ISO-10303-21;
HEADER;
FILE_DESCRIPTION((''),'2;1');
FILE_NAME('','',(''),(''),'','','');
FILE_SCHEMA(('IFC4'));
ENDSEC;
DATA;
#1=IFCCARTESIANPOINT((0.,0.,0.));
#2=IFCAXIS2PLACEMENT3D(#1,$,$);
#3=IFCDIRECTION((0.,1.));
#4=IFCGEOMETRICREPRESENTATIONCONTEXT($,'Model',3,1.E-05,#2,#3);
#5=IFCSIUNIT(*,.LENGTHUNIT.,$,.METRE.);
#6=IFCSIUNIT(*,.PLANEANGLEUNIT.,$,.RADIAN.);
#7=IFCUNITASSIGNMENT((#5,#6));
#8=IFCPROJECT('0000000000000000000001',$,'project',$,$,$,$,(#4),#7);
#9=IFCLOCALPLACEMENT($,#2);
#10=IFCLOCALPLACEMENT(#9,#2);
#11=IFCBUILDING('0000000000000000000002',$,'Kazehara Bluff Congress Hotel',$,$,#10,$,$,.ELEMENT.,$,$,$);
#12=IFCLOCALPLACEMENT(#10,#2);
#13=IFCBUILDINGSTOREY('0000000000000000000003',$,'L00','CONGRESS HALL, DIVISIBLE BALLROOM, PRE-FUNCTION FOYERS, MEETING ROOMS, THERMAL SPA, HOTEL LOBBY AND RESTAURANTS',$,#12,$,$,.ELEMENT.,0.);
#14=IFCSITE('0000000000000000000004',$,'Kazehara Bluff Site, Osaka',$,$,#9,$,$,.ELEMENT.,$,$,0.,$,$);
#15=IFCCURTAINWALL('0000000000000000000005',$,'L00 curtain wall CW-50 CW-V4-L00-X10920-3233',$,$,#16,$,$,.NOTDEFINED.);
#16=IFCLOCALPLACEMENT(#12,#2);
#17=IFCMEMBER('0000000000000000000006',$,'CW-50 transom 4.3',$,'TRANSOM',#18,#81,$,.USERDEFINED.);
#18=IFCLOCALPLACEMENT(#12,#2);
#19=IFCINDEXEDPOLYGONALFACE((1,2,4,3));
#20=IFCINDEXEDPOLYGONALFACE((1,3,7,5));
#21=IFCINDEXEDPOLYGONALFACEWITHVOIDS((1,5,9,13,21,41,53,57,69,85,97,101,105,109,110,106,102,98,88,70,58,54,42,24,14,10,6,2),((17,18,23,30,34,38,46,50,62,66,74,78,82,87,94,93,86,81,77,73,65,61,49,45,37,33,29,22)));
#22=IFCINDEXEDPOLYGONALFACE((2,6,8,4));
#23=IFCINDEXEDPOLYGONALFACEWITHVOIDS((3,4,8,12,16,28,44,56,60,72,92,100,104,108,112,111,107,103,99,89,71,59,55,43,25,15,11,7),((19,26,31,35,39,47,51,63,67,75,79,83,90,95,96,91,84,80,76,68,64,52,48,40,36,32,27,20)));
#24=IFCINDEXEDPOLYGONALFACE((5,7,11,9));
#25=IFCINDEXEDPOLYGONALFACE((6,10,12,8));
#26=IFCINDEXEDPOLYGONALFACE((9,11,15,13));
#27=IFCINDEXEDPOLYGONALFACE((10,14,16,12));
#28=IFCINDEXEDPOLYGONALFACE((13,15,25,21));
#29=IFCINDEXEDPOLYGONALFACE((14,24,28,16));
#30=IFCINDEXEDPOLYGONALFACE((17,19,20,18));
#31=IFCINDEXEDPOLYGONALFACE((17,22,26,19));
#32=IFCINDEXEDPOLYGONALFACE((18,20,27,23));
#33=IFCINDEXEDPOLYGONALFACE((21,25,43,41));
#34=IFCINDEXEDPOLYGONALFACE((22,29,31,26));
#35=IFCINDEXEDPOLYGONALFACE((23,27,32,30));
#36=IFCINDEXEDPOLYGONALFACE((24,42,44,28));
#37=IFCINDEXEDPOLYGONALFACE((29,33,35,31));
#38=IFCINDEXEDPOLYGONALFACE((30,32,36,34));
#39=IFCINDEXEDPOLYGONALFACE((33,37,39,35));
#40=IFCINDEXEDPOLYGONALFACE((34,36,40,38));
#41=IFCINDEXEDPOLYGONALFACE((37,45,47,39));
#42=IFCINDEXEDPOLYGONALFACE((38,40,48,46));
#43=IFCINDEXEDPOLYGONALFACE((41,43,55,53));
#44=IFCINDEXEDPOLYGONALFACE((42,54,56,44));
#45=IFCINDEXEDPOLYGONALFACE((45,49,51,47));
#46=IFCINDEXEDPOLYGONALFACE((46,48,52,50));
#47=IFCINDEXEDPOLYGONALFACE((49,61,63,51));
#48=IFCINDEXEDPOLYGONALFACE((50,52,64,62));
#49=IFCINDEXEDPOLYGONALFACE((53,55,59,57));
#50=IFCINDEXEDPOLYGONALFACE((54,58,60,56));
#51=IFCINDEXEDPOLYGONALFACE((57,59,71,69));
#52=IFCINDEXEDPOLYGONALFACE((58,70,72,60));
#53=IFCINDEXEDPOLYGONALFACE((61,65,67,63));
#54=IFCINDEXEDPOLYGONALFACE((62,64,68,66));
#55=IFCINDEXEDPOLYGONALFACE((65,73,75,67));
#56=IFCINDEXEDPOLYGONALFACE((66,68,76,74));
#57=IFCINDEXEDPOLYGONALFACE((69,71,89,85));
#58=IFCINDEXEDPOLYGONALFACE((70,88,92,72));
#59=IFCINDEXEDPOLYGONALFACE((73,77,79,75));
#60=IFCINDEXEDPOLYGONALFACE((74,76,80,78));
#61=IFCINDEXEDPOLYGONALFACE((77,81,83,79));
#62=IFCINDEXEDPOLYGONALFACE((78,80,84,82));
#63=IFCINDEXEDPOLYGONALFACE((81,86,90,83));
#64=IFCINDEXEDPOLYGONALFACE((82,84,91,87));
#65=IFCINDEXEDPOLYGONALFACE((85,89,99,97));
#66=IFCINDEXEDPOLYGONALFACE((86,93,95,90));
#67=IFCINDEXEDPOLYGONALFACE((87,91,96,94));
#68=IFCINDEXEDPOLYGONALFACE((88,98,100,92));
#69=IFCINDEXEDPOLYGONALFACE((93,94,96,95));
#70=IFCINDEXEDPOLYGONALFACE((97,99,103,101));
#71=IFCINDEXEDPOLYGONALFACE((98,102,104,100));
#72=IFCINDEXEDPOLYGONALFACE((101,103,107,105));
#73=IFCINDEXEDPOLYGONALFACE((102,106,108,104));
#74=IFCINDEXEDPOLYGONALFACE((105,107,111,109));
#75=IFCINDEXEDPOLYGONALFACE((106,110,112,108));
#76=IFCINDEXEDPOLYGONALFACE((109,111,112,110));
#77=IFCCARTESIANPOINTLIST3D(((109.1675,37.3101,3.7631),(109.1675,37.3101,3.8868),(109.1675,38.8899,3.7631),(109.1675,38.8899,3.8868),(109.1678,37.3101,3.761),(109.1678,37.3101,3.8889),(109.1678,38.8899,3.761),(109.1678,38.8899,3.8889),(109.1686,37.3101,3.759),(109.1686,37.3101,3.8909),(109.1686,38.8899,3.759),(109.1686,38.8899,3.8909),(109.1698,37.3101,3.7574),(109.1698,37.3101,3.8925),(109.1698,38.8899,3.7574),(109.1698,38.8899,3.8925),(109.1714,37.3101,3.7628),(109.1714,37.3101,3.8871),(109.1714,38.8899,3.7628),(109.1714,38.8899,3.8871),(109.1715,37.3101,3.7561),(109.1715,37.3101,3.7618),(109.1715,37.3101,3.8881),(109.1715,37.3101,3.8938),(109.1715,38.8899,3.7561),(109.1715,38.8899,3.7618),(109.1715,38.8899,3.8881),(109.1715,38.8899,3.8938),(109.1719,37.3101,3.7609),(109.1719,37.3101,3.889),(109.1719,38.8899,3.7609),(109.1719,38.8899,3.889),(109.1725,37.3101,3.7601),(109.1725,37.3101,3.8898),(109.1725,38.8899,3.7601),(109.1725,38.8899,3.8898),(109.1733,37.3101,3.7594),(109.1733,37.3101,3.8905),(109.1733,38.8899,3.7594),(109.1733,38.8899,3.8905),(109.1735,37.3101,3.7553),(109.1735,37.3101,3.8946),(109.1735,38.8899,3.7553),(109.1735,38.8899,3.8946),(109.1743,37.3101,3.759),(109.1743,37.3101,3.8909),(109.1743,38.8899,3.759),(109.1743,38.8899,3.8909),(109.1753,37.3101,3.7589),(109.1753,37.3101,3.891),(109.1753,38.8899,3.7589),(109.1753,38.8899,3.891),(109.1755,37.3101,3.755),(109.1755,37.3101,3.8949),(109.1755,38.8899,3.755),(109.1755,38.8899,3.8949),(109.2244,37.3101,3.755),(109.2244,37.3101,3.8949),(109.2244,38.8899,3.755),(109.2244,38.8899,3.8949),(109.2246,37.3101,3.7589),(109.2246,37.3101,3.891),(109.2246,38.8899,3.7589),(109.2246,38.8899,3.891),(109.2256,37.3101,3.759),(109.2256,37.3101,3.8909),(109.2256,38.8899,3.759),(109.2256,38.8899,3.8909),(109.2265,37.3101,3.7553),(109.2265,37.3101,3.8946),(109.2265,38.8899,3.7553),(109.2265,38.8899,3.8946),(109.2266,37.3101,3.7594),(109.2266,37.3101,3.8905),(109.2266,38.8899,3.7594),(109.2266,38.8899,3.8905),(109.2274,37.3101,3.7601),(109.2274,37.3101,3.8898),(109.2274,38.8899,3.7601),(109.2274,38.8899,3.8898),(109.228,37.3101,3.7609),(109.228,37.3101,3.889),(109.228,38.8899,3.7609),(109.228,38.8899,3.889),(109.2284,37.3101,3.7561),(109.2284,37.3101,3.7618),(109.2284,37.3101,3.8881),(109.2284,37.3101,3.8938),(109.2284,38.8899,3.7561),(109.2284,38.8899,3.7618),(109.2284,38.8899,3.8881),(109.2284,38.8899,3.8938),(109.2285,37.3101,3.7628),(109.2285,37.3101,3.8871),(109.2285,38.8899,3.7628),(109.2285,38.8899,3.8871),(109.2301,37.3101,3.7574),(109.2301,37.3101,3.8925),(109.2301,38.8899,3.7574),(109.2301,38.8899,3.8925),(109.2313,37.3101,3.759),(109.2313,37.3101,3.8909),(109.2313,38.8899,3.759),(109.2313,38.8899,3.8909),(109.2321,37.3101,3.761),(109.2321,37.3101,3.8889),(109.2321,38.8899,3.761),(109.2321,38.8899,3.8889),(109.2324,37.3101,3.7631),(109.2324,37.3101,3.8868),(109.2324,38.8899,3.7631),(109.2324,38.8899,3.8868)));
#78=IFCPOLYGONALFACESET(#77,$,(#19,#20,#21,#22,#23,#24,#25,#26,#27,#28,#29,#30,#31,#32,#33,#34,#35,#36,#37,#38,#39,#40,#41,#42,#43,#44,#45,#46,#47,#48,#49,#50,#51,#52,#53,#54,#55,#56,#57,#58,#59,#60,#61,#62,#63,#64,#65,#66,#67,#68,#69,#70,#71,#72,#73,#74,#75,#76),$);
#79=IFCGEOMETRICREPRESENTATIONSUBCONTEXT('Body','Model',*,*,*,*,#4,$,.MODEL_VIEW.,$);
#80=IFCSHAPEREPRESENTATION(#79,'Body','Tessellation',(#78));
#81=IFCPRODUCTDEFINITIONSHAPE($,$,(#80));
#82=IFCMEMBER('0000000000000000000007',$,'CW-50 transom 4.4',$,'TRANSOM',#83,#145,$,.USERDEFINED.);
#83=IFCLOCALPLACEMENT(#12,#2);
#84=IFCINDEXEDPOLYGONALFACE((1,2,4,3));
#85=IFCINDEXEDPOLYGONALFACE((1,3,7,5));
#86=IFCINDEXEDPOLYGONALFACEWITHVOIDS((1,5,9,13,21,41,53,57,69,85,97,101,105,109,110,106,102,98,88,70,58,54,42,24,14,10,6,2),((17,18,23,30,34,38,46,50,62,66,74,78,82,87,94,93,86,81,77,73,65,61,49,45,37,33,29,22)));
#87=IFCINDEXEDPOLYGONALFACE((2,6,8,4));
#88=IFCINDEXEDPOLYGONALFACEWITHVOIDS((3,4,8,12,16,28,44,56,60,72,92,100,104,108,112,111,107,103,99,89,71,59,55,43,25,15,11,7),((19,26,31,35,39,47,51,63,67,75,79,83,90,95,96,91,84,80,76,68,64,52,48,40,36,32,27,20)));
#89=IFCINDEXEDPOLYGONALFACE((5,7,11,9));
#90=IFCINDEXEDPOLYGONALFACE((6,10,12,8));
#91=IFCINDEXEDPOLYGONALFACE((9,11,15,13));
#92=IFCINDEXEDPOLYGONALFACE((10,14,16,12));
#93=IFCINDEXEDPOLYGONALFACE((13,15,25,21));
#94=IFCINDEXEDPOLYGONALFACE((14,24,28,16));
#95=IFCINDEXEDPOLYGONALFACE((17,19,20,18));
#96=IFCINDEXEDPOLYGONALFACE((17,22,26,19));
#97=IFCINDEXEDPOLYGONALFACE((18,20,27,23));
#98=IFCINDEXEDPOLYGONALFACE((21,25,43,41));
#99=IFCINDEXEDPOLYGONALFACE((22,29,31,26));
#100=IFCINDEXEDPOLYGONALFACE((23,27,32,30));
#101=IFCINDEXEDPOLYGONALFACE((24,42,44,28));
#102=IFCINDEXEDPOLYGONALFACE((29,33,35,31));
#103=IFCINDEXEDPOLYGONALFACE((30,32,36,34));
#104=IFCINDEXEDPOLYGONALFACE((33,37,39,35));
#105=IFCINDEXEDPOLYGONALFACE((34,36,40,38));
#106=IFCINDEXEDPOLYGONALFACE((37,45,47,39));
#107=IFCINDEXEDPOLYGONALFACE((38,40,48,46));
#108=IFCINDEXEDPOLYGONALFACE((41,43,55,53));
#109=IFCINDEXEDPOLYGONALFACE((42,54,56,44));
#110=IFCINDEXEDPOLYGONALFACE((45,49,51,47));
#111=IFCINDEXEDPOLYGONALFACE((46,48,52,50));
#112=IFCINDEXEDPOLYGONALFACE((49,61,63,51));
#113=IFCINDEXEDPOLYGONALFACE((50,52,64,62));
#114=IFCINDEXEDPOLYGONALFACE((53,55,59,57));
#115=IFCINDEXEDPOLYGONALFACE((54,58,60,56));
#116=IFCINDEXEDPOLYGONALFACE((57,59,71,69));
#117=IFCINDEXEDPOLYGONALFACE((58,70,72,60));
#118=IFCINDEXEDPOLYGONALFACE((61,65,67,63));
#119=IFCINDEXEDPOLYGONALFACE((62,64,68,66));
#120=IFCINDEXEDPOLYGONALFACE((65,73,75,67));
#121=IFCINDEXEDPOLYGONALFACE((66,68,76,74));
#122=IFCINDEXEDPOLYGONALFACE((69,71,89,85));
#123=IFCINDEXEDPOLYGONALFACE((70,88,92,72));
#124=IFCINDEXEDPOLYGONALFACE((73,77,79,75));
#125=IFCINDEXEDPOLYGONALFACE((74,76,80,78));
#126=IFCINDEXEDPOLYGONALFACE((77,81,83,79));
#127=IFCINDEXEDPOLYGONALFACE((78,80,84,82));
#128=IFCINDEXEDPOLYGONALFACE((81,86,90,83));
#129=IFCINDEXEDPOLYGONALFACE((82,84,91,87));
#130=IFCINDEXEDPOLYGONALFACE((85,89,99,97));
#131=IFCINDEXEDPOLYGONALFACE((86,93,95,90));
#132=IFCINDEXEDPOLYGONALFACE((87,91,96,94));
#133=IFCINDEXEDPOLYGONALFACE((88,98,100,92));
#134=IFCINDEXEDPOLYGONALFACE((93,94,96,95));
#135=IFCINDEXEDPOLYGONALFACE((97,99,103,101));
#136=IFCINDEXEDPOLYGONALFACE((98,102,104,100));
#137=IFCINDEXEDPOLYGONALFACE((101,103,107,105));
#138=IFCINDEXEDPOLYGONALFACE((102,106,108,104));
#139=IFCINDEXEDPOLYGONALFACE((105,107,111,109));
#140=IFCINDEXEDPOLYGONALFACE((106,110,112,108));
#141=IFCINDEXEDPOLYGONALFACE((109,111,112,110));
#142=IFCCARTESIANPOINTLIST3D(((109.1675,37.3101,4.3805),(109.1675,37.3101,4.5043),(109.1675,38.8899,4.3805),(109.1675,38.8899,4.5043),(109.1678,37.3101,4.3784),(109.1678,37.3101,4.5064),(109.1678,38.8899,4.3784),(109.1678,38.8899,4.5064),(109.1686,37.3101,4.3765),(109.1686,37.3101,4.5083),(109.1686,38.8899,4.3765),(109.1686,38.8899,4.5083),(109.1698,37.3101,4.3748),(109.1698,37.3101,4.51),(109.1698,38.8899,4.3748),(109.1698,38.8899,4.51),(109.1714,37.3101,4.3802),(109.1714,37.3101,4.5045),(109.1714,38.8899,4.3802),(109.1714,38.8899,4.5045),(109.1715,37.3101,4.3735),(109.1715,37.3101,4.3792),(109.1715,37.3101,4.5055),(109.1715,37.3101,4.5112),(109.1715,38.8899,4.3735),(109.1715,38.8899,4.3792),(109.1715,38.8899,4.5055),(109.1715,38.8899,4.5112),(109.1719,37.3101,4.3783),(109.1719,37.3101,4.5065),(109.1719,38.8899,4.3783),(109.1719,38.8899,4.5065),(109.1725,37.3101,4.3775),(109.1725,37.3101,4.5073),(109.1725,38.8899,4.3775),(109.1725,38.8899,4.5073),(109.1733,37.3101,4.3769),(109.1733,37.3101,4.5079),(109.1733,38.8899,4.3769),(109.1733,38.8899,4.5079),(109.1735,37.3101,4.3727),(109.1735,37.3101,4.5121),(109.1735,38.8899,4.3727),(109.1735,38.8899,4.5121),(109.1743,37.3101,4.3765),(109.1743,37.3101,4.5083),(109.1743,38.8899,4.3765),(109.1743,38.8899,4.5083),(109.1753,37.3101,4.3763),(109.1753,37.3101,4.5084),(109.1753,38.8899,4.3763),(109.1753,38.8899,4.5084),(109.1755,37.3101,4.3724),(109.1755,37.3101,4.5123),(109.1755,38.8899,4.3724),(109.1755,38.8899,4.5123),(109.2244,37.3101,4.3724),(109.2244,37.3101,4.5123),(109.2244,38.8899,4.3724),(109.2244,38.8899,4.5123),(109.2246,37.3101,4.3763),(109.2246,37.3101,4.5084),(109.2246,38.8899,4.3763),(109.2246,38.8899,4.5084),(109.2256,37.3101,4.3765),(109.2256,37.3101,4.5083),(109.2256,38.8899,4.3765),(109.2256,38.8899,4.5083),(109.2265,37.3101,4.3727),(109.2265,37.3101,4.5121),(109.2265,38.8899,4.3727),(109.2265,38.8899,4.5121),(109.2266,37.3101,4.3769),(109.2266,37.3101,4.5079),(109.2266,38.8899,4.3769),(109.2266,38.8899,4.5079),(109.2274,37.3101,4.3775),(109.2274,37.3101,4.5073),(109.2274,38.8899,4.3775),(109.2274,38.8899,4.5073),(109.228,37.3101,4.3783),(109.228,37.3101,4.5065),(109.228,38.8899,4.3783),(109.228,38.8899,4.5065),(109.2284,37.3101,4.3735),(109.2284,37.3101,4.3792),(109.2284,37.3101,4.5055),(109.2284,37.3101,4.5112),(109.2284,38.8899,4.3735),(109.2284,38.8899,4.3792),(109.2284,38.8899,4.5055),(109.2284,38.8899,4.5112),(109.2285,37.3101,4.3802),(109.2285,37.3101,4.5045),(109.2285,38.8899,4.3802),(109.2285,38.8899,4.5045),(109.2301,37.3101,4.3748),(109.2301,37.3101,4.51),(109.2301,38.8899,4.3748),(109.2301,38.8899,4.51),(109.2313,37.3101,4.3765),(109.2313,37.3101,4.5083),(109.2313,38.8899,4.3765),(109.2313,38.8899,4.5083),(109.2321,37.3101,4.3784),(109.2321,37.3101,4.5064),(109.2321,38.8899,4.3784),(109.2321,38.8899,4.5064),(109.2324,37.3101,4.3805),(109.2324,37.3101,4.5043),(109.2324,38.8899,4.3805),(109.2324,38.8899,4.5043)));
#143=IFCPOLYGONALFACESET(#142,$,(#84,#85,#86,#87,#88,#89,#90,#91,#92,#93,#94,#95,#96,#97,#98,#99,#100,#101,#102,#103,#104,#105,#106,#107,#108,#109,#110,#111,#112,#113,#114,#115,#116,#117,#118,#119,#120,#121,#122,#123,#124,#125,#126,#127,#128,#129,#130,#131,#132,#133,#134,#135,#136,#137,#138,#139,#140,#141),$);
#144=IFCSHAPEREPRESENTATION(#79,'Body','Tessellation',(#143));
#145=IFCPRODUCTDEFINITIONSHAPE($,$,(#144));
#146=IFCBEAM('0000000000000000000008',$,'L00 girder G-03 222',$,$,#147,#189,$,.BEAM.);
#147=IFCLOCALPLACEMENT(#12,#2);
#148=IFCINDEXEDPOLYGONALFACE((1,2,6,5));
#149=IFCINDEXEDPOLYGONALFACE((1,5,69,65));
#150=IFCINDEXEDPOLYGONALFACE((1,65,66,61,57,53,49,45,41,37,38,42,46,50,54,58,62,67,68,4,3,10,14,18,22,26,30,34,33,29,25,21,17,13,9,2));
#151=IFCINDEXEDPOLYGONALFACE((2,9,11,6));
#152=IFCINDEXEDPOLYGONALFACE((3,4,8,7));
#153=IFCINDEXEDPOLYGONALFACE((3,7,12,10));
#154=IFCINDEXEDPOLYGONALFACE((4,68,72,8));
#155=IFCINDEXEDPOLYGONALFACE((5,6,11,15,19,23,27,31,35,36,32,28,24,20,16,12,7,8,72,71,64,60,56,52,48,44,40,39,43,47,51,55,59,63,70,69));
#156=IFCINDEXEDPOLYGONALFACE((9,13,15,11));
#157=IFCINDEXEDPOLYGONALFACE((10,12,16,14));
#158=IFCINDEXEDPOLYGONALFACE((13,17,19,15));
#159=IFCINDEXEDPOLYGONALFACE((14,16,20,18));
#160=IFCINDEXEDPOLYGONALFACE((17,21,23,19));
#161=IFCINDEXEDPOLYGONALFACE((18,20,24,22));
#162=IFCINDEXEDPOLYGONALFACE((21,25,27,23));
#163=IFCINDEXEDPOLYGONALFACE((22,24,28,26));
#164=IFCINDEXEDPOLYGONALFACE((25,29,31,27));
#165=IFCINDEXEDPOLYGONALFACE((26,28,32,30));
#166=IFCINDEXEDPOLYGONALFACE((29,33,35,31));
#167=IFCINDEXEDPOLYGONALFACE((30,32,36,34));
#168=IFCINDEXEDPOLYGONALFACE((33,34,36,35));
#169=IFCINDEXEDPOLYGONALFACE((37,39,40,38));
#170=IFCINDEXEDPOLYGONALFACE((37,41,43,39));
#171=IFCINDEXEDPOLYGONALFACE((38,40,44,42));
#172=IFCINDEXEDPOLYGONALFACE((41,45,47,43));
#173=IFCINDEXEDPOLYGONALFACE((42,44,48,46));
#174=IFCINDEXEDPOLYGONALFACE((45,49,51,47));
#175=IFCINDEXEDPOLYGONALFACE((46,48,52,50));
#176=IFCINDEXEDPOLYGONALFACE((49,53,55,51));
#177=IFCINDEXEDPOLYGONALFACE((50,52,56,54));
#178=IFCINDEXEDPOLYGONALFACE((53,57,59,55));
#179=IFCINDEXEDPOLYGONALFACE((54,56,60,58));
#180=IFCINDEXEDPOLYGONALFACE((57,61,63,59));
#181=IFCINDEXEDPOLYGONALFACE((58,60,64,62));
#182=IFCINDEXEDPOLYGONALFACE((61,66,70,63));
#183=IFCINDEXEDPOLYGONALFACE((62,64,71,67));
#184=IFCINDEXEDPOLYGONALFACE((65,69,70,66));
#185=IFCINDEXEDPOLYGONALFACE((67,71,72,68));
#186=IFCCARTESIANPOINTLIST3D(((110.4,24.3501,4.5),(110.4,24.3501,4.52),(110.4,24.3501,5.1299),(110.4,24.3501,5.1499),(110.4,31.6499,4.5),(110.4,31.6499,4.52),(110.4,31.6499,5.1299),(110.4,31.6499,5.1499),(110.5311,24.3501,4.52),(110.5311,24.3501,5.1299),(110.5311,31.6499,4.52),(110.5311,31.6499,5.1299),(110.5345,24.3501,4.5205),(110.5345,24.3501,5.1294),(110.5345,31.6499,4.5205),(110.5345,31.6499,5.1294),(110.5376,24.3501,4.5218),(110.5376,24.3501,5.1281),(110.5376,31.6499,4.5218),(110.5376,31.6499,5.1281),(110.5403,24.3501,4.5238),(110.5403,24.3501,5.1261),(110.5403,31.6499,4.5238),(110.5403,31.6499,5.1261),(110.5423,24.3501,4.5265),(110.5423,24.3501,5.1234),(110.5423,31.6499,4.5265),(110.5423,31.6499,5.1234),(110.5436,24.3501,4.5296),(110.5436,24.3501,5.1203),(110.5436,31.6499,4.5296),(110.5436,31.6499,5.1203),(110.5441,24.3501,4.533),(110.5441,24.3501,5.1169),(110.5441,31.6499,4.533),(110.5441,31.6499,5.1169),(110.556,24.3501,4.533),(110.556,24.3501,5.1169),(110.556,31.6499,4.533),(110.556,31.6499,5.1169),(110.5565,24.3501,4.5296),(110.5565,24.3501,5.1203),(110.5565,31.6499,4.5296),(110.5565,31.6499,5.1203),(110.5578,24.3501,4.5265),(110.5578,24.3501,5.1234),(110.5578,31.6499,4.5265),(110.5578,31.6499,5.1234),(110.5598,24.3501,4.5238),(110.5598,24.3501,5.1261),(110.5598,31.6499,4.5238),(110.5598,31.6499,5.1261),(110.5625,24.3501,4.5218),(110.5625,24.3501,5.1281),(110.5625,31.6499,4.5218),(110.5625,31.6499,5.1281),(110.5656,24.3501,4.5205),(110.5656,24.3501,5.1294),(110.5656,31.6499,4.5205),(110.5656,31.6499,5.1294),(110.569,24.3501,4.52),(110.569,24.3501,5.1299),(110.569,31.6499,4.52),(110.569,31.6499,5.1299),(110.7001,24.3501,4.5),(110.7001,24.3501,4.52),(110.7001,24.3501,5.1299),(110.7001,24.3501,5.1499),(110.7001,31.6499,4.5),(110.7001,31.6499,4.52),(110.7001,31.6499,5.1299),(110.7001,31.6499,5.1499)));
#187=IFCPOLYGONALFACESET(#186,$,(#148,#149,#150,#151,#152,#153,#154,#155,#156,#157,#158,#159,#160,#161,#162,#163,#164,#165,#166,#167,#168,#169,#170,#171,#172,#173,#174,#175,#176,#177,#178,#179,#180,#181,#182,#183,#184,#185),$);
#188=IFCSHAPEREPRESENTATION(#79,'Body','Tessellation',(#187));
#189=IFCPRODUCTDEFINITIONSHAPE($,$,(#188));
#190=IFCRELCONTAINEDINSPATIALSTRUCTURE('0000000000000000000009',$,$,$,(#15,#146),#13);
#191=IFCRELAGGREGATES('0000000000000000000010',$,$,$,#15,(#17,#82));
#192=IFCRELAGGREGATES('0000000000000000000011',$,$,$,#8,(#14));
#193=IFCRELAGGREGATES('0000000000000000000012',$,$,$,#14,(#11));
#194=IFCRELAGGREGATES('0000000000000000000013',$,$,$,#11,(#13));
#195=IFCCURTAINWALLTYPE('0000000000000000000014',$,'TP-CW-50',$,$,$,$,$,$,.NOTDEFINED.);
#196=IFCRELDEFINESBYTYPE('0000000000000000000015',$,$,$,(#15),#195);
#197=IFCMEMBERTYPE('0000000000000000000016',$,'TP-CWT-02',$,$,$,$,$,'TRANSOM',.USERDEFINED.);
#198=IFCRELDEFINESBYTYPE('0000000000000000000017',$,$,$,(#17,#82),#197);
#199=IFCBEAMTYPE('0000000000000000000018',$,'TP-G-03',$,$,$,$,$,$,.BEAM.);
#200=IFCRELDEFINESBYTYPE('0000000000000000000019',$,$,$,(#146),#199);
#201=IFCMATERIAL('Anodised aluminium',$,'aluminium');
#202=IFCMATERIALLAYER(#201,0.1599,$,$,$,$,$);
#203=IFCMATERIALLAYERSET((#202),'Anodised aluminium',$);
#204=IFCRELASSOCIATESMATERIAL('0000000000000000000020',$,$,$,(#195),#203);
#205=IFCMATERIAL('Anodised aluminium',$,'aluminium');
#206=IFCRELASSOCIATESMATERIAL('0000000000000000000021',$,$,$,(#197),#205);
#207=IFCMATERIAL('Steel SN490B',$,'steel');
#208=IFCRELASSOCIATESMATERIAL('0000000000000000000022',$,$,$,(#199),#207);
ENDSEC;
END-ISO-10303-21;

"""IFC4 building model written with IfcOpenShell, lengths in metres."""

from ifc_helpers import new_model, si_unit, direction, frame, origin, origin_2d, place, context, subcontext, project, spatial, hollow_rectangle, i_section, extrude, material, layer, layer_set, material_profile, profile_set, type_object, element, aggregate, save


model = new_model("IFC4")

# Units and contexts
model_context = context("Model", 3, precision=1e-05, world=origin(), true_north=direction((0.0, 1.0)))
body_context = subcontext(model_context, "Body", "Model", "MODEL_VIEW")
ifc_project = project(units=[si_unit("LENGTHUNIT", "METRE"), si_unit("PLANEANGLEUNIT", "RADIAN")], contexts=[model_context])

# Site, building, storey
site_placement = place(None, origin())
site = spatial("IfcSite", under=ifc_project, at=site_placement, Name="Kazehara Bluff Site, Osaka", CompositionType="ELEMENT", RefElevation=0.0)
building_placement = place(site_placement, origin())
building = spatial("IfcBuilding", under=site, at=building_placement, Name="Kazehara Bluff Congress Hotel", CompositionType="ELEMENT")
storey_placement = place(building_placement, origin())
storey = spatial("IfcBuildingStorey", under=building, at=storey_placement, Name="L00", Description="CONGRESS HALL, DIVISIBLE BALLROOM, PRE-FUNCTION FOYERS, MEETING ROOMS, THERMAL SPA, HOTEL LOBBY AND RESTAURANTS", CompositionType="ELEMENT", Elevation=0.0)

# Curtain wall, members
ifc_material_1 = material(Name="Anodised aluminium", Category="aluminium")
ifc_layer_1 = layer(ifc_material_1, 0.1599)
ifc_layer_set_1 = layer_set([ifc_layer_1], Name="Anodised aluminium")
curtain_wall_type = type_object("IfcCurtainWallType", Name="TP-CW-50", PredefinedType="NOTDEFINED", material=ifc_layer_set_1)
curtain_wall_placement = place(storey_placement, origin())
curtain_wall = element("IfcCurtainWall", 1, at=curtain_wall_placement, inside=storey, type_object=curtain_wall_type, Name="L00 curtain wall CW-50 CW-V4-L00-X10920-3233", PredefinedType="NOTDEFINED")
ifc_material_2 = material(Name="Anodised aluminium", Category="aluminium")
ifc_material_profile_1 = material_profile(ifc_material_2, hollow_rectangle(XDim=0.0649, YDim=0.1399, WallThickness=0.0039, InnerFilletRadius=0.0039, OuterFilletRadius=0.0081, at=origin_2d()))
ifc_profile_set_1 = profile_set([ifc_material_profile_1], Name="Anodised aluminium")
member_type_1 = type_object("IfcMemberType", Name="TP-CWT-02", ElementType="TRANSOM", PredefinedType="USERDEFINED", material=ifc_profile_set_1)
member_1_placement = place(storey_placement, frame((109.2, 37.3101, 3.825), z_axis=(0.0, 1.0, 0.0), x_axis=(-1.0, 0.0, 0.0)))
member_1 = element("IfcMember", 2, at=member_1_placement, type_object=member_type_1, Name="CW-50 transom 4.3", ObjectType="TRANSOM", PredefinedType="USERDEFINED", context=body_context, shape_type="SweptSolid", body=[
    extrude(hollow_rectangle(XDim=0.0649, YDim=0.1399, WallThickness=0.0039, InnerFilletRadius=0.0039, OuterFilletRadius=0.0081, at=origin_2d()), origin(), (0.0, 0.0, 1.0), 1.5798),
])
member_2_placement = place(storey_placement, frame((109.2, 37.3101, 4.4424), z_axis=(0.0, 1.0, 0.0), x_axis=(-1.0, 0.0, 0.0)))
member_2 = element("IfcMember", 3, at=member_2_placement, type_object=member_type_1, Name="CW-50 transom 4.4", ObjectType="TRANSOM", PredefinedType="USERDEFINED", context=body_context, shape_type="SweptSolid", body=[
    extrude(hollow_rectangle(XDim=0.0649, YDim=0.1399, WallThickness=0.0039, InnerFilletRadius=0.0039, OuterFilletRadius=0.0081, at=origin_2d()), origin(), (0.0, 0.0, 1.0), 1.5798),
])

# Beam
ifc_material_3 = material(Name="Steel SN490B", Category="steel")
ifc_material_profile_2 = material_profile(ifc_material_3, i_section(OverallWidth=0.3, OverallDepth=0.6499, WebThickness=0.012, FlangeThickness=0.02, FilletRadius=0.0129, at=origin_2d()))
ifc_profile_set_2 = profile_set([ifc_material_profile_2], Name="Steel SN490B")
beam_type_1 = type_object("IfcBeamType", Name="TP-G-03", PredefinedType="BEAM", material=ifc_profile_set_2)
for number, where, z_axis, x_axis, name in (
    (4, (110.55, 24.3501, 4.825), (0.0, 1.0, 0.0), (-1.0, 0.0, 0.0), "L00 girder G-03 222"),
):
    element("IfcBeam", number, at=place(storey_placement, frame(where, z_axis=z_axis, x_axis=x_axis)), inside=storey, type_object=beam_type_1, Name=name, PredefinedType="BEAM", context=body_context, shape_type="SweptSolid", body=[
        extrude(i_section(OverallWidth=0.3, OverallDepth=0.6499, WebThickness=0.012, FlangeThickness=0.02, FilletRadius=0.0129, at=origin_2d()), origin(), (0.0, 0.0, 1.0), 7.2998),
    ])

aggregate(curtain_wall, [member_1, member_2])

save(model, "model.ifc")
